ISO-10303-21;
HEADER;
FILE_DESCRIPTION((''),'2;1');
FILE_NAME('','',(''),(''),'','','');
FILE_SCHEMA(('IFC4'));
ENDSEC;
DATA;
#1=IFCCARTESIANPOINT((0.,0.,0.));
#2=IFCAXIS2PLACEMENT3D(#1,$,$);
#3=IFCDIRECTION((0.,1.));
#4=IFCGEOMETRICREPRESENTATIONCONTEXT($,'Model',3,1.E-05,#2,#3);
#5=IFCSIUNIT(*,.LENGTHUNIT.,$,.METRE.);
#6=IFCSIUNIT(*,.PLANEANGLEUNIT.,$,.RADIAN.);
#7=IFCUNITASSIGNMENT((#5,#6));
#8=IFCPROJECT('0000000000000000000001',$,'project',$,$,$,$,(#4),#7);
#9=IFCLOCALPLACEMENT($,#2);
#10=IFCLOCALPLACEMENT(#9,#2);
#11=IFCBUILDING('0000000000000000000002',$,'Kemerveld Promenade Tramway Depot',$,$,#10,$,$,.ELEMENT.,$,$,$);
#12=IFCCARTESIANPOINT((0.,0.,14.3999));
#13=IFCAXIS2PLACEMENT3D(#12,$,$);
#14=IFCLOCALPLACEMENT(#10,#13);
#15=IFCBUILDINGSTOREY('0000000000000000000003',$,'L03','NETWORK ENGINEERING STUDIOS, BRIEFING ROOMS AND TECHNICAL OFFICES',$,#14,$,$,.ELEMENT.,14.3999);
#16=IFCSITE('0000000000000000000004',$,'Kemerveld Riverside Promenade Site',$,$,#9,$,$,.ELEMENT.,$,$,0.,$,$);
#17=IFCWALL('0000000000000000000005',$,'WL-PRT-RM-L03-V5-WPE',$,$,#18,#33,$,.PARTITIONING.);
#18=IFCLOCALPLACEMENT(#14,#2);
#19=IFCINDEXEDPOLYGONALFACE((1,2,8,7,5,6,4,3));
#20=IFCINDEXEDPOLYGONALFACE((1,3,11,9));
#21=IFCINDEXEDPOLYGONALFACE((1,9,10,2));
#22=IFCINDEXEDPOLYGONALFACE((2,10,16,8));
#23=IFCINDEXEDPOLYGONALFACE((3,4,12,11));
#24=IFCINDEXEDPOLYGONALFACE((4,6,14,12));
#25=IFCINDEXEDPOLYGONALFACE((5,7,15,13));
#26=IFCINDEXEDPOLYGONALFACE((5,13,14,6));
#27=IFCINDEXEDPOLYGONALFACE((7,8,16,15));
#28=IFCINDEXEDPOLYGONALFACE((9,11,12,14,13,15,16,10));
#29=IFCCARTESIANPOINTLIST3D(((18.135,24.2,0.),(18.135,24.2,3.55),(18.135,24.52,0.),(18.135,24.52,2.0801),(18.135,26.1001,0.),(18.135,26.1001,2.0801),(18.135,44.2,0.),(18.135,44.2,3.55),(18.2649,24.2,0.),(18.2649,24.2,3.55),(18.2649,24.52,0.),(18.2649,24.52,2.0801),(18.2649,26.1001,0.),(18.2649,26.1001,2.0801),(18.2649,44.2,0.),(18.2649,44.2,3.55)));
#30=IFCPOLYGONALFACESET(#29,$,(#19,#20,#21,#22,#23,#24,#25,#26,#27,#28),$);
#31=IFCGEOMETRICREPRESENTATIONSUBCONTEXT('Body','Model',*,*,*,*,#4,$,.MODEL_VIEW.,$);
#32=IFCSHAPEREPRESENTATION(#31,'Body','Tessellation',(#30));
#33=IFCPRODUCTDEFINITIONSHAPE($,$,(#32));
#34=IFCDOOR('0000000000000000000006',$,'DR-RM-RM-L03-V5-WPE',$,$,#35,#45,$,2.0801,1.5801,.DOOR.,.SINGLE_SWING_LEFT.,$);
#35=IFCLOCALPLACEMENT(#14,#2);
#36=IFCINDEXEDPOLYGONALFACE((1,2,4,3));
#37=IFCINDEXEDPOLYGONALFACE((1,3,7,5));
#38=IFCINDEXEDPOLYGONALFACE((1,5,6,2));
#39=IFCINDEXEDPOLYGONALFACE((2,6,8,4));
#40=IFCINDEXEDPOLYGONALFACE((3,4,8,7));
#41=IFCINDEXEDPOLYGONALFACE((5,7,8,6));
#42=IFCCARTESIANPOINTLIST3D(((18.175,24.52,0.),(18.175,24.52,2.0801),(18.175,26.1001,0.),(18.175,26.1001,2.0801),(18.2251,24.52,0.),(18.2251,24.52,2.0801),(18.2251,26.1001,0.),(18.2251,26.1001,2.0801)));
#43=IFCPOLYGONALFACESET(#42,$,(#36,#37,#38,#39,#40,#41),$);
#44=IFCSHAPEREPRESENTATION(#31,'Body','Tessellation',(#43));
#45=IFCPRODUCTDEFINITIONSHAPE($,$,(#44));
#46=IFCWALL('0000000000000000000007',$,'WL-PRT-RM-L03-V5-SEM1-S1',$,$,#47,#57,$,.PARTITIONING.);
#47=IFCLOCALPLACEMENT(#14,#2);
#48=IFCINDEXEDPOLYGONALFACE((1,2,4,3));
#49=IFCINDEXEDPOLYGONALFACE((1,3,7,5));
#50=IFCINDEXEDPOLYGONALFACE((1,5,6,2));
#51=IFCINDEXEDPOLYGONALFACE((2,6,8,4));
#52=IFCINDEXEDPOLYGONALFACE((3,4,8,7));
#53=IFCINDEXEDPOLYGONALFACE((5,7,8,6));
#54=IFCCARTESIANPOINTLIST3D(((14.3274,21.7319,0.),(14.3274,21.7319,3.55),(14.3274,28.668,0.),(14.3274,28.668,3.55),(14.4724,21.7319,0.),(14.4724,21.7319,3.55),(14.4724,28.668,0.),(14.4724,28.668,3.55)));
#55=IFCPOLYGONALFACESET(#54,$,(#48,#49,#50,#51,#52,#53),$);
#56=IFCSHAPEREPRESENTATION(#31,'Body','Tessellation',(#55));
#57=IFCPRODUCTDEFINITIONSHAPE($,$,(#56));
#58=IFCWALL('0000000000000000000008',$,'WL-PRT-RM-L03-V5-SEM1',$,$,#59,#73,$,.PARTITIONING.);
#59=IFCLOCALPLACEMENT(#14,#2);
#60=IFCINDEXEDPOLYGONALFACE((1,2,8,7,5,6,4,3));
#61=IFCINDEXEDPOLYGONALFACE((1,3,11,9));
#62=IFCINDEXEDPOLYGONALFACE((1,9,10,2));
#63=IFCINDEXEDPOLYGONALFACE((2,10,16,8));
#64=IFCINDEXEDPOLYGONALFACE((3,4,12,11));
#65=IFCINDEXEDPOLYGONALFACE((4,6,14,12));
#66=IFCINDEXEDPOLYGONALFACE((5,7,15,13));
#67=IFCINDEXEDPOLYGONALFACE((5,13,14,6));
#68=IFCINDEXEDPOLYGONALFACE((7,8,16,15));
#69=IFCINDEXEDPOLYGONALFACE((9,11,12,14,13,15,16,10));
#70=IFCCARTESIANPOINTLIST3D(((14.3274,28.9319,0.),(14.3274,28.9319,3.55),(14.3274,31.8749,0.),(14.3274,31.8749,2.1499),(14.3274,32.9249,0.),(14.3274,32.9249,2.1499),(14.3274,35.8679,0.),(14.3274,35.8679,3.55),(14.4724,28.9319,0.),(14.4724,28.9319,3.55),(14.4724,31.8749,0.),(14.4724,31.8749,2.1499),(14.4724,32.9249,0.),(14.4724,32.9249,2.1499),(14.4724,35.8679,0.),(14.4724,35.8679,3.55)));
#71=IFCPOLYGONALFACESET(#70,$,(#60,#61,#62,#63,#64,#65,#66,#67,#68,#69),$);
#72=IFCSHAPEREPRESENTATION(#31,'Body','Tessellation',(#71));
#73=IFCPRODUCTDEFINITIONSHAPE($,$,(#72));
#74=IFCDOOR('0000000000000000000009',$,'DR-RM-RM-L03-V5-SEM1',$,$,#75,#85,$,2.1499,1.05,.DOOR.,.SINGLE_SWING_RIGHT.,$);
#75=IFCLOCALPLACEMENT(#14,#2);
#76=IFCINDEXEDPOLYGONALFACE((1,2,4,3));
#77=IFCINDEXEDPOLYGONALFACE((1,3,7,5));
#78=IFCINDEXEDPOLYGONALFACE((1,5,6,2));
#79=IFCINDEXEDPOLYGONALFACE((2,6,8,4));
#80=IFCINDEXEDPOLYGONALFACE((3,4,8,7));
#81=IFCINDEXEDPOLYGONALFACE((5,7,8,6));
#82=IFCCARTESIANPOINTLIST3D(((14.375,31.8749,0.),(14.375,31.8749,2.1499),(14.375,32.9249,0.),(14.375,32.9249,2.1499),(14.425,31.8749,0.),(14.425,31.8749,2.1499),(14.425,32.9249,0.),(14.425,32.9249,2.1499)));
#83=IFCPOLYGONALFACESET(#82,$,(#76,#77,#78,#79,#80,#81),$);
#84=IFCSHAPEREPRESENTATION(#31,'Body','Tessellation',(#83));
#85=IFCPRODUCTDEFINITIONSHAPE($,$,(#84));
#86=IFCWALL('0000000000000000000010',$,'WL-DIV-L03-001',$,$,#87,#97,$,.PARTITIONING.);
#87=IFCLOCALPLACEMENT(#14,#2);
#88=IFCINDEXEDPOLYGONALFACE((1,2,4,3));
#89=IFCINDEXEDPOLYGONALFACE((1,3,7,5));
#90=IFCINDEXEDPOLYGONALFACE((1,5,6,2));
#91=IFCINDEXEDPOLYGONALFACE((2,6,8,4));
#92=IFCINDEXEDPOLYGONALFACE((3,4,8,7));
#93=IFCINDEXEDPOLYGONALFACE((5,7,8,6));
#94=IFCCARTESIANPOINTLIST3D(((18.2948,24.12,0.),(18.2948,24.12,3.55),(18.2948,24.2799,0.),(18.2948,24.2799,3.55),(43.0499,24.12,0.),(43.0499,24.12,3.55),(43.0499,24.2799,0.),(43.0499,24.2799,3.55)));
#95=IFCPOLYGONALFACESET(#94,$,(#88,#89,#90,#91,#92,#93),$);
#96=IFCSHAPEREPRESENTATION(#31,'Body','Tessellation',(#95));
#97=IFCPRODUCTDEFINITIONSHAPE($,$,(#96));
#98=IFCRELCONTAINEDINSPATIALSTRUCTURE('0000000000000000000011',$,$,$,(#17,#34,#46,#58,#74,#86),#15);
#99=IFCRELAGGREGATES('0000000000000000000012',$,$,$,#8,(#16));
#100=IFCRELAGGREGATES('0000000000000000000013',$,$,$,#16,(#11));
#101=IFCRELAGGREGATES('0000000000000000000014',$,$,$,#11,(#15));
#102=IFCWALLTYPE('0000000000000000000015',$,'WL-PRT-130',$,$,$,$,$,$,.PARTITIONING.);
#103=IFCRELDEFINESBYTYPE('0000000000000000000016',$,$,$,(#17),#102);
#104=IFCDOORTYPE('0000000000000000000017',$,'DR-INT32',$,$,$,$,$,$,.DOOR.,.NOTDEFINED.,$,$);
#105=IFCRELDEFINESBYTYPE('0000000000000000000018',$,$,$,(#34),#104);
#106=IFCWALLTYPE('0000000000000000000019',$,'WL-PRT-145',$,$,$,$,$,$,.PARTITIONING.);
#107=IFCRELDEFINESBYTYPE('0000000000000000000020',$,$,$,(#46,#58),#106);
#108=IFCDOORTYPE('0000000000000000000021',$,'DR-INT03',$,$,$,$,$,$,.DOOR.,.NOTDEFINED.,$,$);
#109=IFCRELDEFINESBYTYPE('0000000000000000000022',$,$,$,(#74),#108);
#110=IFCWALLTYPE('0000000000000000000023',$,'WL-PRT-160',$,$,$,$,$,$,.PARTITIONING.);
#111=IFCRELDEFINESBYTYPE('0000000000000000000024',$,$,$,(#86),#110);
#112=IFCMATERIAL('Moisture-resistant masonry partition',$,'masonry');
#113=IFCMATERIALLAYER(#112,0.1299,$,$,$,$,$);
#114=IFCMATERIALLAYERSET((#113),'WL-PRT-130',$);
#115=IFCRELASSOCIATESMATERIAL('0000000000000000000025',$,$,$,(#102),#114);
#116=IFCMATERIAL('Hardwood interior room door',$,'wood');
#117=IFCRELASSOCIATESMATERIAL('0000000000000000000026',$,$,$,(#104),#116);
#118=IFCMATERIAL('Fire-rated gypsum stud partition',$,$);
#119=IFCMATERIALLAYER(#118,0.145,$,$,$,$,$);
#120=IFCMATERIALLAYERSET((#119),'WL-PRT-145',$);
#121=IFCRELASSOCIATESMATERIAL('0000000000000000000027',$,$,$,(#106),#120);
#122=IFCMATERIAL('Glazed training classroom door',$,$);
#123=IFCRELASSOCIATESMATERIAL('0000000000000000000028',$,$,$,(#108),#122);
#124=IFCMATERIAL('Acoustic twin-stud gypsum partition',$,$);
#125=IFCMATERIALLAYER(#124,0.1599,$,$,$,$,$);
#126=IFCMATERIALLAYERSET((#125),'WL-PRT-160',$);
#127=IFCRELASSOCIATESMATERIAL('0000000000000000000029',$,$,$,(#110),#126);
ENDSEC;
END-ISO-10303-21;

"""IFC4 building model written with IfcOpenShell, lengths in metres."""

from ifc_helpers import new_model, si_unit, direction, frame, frame_2d, origin, place, context, subcontext, project, spatial, rectangle, extrude, material, layer, layer_set, type_object, element, fill, save


model = new_model("IFC4")

# Units and contexts
model_context = context("Model", 3, precision=1e-05, world=origin(), true_north=direction((0.0, 1.0)))
body_context = subcontext(model_context, "Body", "Model", "MODEL_VIEW")
ifc_project = project(units=[si_unit("LENGTHUNIT", "METRE"), si_unit("PLANEANGLEUNIT", "RADIAN")], contexts=[model_context])

# Site, building, storey
site_placement = place(None, origin())
site = spatial("IfcSite", under=ifc_project, at=site_placement, Name="Kemerveld Riverside Promenade Site", CompositionType="ELEMENT", RefElevation=0.0)
building_placement = place(site_placement, origin())
building = spatial("IfcBuilding", under=site, at=building_placement, Name="Kemerveld Promenade Tramway Depot", CompositionType="ELEMENT")
storey_placement = place(building_placement, frame((0.0, 0.0, 14.3999)))
storey = spatial("IfcBuildingStorey", under=building, at=storey_placement, Name="L03", Description="NETWORK ENGINEERING STUDIOS, BRIEFING ROOMS AND TECHNICAL OFFICES", CompositionType="ELEMENT", Elevation=14.3999)

# Wall, opening, door
ifc_material_1 = material(Name="Moisture-resistant masonry partition", Category="masonry")
ifc_layer_1 = layer(ifc_material_1, 0.1299)
ifc_layer_set_1 = layer_set([ifc_layer_1], Name="WL-PRT-130")
wall_type_1 = type_object("IfcWallType", Name="WL-PRT-130", PredefinedType="PARTITIONING", material=ifc_layer_set_1)
wall_1_placement = place(storey_placement, frame((18.2, 24.2, 0.0), z_axis=(0.0, 0.0, 1.0), x_axis=(0.0, 1.0, 0.0)))
wall_1 = element("IfcWall", 1, at=wall_1_placement, inside=storey, type_object=wall_type_1, Name="WL-PRT-RM-L03-V5-WPE", PredefinedType="PARTITIONING", context=body_context, shape_type="SweptSolid", body=[
    extrude(rectangle(XDim=20.0, YDim=0.1299, at=frame_2d((10.0, 0.0))), origin(), (0.0, 0.0, 1.0), 3.55),
])
opening_1_placement = place(wall_1_placement, frame((0.3201, 0.0, 0.0)))
opening_1 = element("IfcOpeningElement", 2, at=opening_1_placement, cuts=wall_1, PredefinedType="OPENING", context=body_context, shape_type="SweptSolid", body=[
    extrude(rectangle(XDim=1.5801, YDim=2.0801, at=frame_2d((0.79, 1.04))), frame((0.0, 0.075, 0.0), z_axis=(0.0, -1.0, 0.0), x_axis=(1.0, 0.0, 0.0)), (0.0, 0.0, 1.0), 0.1499),
])
ifc_material_2 = material(Name="Hardwood interior room door", Category="wood")
door_type_1 = type_object("IfcDoorType", Name="DR-INT32", OperationType="NOTDEFINED", PredefinedType="DOOR", material=ifc_material_2)
door_1_placement = place(opening_1_placement, origin())
door_1 = element("IfcDoor", 3, at=door_1_placement, inside=storey, type_object=door_type_1, Name="DR-RM-RM-L03-V5-WPE", OperationType="SINGLE_SWING_LEFT", OverallHeight=2.0801, OverallWidth=1.5801, PredefinedType="DOOR", context=body_context, shape_type="SweptSolid", body=[
    extrude(rectangle(XDim=1.5801, YDim=2.0801, at=frame_2d((0.79, 1.04))), frame((0.0, 0.0249, 0.0), z_axis=(0.0, -1.0, 0.0), x_axis=(1.0, 0.0, 0.0)), (0.0, 0.0, 1.0), 0.05),
])
fill(opening_1, door_1)

# Wall
ifc_material_3 = material(Name="Fire-rated gypsum stud partition")
ifc_layer_2 = layer(ifc_material_3, 0.145)
ifc_layer_set_2 = layer_set([ifc_layer_2], Name="WL-PRT-145")
wall_type_2 = type_object("IfcWallType", Name="WL-PRT-145", PredefinedType="PARTITIONING", material=ifc_layer_set_2)
wall_2_placement = place(storey_placement, frame((14.3999, 21.7319, 0.0), z_axis=(0.0, 0.0, 1.0), x_axis=(0.0, 1.0, 0.0)))
element("IfcWall", 4, at=wall_2_placement, inside=storey, type_object=wall_type_2, Name="WL-PRT-RM-L03-V5-SEM1-S1", PredefinedType="PARTITIONING", context=body_context, shape_type="SweptSolid", body=[
    extrude(rectangle(XDim=6.936, YDim=0.145, at=frame_2d((3.468, 0.0))), origin(), (0.0, 0.0, 1.0), 3.55),
])

# Wall, opening, door
wall_3_placement = place(storey_placement, frame((14.3999, 28.9319, 0.0), z_axis=(0.0, 0.0, 1.0), x_axis=(0.0, 1.0, 0.0)))
wall_3 = element("IfcWall", 5, at=wall_3_placement, inside=storey, type_object=wall_type_2, Name="WL-PRT-RM-L03-V5-SEM1", PredefinedType="PARTITIONING", context=body_context, shape_type="SweptSolid", body=[
    extrude(rectangle(XDim=6.936, YDim=0.145, at=frame_2d((3.468, 0.0))), origin(), (0.0, 0.0, 1.0), 3.55),
])
opening_2_placement = place(wall_3_placement, frame((2.9431, 0.0, 0.0)))
opening_2 = element("IfcOpeningElement", 6, at=opening_2_placement, cuts=wall_3, PredefinedType="OPENING", context=body_context, shape_type="SweptSolid", body=[
    extrude(rectangle(XDim=1.05, YDim=2.1499, at=frame_2d((0.5249, 1.075))), frame((0.0, 0.0825, 0.0), z_axis=(0.0, -1.0, 0.0), x_axis=(1.0, 0.0, 0.0)), (0.0, 0.0, 1.0), 0.165),
])
ifc_material_4 = material(Name="Glazed training classroom door")
door_type_2 = type_object("IfcDoorType", Name="DR-INT03", OperationType="NOTDEFINED", PredefinedType="DOOR", material=ifc_material_4)
door_2_placement = place(opening_2_placement, origin())
door_2 = element("IfcDoor", 7, at=door_2_placement, inside=storey, type_object=door_type_2, Name="DR-RM-RM-L03-V5-SEM1", OperationType="SINGLE_SWING_RIGHT", OverallHeight=2.1499, OverallWidth=1.05, PredefinedType="DOOR", context=body_context, shape_type="SweptSolid", body=[
    extrude(rectangle(XDim=1.05, YDim=2.1499, at=frame_2d((0.5249, 1.075))), frame((0.0, 0.0249, 0.0), z_axis=(0.0, -1.0, 0.0), x_axis=(1.0, 0.0, 0.0)), (0.0, 0.0, 1.0), 0.05),
])
fill(opening_2, door_2)

# Wall
ifc_material_5 = material(Name="Acoustic twin-stud gypsum partition")
ifc_layer_3 = layer(ifc_material_5, 0.1599)
ifc_layer_set_3 = layer_set([ifc_layer_3], Name="WL-PRT-160")
wall_type_3 = type_object("IfcWallType", Name="WL-PRT-160", PredefinedType="PARTITIONING", material=ifc_layer_set_3)
wall_4_placement = place(storey_placement, frame((18.2949, 24.2, 0.0), z_axis=(0.0, 0.0, 1.0), x_axis=(1.0, 0.0, 0.0)))
element("IfcWall", 8, at=wall_4_placement, inside=storey, type_object=wall_type_3, Name="WL-DIV-L03-001", PredefinedType="PARTITIONING", context=body_context, shape_type="SweptSolid", body=[
    extrude(rectangle(XDim=24.7551, YDim=0.1599, at=frame_2d((12.3774, 0.0))), origin(), (0.0, 0.0, 1.0), 3.55),
])

save(model, "model.ifc")
